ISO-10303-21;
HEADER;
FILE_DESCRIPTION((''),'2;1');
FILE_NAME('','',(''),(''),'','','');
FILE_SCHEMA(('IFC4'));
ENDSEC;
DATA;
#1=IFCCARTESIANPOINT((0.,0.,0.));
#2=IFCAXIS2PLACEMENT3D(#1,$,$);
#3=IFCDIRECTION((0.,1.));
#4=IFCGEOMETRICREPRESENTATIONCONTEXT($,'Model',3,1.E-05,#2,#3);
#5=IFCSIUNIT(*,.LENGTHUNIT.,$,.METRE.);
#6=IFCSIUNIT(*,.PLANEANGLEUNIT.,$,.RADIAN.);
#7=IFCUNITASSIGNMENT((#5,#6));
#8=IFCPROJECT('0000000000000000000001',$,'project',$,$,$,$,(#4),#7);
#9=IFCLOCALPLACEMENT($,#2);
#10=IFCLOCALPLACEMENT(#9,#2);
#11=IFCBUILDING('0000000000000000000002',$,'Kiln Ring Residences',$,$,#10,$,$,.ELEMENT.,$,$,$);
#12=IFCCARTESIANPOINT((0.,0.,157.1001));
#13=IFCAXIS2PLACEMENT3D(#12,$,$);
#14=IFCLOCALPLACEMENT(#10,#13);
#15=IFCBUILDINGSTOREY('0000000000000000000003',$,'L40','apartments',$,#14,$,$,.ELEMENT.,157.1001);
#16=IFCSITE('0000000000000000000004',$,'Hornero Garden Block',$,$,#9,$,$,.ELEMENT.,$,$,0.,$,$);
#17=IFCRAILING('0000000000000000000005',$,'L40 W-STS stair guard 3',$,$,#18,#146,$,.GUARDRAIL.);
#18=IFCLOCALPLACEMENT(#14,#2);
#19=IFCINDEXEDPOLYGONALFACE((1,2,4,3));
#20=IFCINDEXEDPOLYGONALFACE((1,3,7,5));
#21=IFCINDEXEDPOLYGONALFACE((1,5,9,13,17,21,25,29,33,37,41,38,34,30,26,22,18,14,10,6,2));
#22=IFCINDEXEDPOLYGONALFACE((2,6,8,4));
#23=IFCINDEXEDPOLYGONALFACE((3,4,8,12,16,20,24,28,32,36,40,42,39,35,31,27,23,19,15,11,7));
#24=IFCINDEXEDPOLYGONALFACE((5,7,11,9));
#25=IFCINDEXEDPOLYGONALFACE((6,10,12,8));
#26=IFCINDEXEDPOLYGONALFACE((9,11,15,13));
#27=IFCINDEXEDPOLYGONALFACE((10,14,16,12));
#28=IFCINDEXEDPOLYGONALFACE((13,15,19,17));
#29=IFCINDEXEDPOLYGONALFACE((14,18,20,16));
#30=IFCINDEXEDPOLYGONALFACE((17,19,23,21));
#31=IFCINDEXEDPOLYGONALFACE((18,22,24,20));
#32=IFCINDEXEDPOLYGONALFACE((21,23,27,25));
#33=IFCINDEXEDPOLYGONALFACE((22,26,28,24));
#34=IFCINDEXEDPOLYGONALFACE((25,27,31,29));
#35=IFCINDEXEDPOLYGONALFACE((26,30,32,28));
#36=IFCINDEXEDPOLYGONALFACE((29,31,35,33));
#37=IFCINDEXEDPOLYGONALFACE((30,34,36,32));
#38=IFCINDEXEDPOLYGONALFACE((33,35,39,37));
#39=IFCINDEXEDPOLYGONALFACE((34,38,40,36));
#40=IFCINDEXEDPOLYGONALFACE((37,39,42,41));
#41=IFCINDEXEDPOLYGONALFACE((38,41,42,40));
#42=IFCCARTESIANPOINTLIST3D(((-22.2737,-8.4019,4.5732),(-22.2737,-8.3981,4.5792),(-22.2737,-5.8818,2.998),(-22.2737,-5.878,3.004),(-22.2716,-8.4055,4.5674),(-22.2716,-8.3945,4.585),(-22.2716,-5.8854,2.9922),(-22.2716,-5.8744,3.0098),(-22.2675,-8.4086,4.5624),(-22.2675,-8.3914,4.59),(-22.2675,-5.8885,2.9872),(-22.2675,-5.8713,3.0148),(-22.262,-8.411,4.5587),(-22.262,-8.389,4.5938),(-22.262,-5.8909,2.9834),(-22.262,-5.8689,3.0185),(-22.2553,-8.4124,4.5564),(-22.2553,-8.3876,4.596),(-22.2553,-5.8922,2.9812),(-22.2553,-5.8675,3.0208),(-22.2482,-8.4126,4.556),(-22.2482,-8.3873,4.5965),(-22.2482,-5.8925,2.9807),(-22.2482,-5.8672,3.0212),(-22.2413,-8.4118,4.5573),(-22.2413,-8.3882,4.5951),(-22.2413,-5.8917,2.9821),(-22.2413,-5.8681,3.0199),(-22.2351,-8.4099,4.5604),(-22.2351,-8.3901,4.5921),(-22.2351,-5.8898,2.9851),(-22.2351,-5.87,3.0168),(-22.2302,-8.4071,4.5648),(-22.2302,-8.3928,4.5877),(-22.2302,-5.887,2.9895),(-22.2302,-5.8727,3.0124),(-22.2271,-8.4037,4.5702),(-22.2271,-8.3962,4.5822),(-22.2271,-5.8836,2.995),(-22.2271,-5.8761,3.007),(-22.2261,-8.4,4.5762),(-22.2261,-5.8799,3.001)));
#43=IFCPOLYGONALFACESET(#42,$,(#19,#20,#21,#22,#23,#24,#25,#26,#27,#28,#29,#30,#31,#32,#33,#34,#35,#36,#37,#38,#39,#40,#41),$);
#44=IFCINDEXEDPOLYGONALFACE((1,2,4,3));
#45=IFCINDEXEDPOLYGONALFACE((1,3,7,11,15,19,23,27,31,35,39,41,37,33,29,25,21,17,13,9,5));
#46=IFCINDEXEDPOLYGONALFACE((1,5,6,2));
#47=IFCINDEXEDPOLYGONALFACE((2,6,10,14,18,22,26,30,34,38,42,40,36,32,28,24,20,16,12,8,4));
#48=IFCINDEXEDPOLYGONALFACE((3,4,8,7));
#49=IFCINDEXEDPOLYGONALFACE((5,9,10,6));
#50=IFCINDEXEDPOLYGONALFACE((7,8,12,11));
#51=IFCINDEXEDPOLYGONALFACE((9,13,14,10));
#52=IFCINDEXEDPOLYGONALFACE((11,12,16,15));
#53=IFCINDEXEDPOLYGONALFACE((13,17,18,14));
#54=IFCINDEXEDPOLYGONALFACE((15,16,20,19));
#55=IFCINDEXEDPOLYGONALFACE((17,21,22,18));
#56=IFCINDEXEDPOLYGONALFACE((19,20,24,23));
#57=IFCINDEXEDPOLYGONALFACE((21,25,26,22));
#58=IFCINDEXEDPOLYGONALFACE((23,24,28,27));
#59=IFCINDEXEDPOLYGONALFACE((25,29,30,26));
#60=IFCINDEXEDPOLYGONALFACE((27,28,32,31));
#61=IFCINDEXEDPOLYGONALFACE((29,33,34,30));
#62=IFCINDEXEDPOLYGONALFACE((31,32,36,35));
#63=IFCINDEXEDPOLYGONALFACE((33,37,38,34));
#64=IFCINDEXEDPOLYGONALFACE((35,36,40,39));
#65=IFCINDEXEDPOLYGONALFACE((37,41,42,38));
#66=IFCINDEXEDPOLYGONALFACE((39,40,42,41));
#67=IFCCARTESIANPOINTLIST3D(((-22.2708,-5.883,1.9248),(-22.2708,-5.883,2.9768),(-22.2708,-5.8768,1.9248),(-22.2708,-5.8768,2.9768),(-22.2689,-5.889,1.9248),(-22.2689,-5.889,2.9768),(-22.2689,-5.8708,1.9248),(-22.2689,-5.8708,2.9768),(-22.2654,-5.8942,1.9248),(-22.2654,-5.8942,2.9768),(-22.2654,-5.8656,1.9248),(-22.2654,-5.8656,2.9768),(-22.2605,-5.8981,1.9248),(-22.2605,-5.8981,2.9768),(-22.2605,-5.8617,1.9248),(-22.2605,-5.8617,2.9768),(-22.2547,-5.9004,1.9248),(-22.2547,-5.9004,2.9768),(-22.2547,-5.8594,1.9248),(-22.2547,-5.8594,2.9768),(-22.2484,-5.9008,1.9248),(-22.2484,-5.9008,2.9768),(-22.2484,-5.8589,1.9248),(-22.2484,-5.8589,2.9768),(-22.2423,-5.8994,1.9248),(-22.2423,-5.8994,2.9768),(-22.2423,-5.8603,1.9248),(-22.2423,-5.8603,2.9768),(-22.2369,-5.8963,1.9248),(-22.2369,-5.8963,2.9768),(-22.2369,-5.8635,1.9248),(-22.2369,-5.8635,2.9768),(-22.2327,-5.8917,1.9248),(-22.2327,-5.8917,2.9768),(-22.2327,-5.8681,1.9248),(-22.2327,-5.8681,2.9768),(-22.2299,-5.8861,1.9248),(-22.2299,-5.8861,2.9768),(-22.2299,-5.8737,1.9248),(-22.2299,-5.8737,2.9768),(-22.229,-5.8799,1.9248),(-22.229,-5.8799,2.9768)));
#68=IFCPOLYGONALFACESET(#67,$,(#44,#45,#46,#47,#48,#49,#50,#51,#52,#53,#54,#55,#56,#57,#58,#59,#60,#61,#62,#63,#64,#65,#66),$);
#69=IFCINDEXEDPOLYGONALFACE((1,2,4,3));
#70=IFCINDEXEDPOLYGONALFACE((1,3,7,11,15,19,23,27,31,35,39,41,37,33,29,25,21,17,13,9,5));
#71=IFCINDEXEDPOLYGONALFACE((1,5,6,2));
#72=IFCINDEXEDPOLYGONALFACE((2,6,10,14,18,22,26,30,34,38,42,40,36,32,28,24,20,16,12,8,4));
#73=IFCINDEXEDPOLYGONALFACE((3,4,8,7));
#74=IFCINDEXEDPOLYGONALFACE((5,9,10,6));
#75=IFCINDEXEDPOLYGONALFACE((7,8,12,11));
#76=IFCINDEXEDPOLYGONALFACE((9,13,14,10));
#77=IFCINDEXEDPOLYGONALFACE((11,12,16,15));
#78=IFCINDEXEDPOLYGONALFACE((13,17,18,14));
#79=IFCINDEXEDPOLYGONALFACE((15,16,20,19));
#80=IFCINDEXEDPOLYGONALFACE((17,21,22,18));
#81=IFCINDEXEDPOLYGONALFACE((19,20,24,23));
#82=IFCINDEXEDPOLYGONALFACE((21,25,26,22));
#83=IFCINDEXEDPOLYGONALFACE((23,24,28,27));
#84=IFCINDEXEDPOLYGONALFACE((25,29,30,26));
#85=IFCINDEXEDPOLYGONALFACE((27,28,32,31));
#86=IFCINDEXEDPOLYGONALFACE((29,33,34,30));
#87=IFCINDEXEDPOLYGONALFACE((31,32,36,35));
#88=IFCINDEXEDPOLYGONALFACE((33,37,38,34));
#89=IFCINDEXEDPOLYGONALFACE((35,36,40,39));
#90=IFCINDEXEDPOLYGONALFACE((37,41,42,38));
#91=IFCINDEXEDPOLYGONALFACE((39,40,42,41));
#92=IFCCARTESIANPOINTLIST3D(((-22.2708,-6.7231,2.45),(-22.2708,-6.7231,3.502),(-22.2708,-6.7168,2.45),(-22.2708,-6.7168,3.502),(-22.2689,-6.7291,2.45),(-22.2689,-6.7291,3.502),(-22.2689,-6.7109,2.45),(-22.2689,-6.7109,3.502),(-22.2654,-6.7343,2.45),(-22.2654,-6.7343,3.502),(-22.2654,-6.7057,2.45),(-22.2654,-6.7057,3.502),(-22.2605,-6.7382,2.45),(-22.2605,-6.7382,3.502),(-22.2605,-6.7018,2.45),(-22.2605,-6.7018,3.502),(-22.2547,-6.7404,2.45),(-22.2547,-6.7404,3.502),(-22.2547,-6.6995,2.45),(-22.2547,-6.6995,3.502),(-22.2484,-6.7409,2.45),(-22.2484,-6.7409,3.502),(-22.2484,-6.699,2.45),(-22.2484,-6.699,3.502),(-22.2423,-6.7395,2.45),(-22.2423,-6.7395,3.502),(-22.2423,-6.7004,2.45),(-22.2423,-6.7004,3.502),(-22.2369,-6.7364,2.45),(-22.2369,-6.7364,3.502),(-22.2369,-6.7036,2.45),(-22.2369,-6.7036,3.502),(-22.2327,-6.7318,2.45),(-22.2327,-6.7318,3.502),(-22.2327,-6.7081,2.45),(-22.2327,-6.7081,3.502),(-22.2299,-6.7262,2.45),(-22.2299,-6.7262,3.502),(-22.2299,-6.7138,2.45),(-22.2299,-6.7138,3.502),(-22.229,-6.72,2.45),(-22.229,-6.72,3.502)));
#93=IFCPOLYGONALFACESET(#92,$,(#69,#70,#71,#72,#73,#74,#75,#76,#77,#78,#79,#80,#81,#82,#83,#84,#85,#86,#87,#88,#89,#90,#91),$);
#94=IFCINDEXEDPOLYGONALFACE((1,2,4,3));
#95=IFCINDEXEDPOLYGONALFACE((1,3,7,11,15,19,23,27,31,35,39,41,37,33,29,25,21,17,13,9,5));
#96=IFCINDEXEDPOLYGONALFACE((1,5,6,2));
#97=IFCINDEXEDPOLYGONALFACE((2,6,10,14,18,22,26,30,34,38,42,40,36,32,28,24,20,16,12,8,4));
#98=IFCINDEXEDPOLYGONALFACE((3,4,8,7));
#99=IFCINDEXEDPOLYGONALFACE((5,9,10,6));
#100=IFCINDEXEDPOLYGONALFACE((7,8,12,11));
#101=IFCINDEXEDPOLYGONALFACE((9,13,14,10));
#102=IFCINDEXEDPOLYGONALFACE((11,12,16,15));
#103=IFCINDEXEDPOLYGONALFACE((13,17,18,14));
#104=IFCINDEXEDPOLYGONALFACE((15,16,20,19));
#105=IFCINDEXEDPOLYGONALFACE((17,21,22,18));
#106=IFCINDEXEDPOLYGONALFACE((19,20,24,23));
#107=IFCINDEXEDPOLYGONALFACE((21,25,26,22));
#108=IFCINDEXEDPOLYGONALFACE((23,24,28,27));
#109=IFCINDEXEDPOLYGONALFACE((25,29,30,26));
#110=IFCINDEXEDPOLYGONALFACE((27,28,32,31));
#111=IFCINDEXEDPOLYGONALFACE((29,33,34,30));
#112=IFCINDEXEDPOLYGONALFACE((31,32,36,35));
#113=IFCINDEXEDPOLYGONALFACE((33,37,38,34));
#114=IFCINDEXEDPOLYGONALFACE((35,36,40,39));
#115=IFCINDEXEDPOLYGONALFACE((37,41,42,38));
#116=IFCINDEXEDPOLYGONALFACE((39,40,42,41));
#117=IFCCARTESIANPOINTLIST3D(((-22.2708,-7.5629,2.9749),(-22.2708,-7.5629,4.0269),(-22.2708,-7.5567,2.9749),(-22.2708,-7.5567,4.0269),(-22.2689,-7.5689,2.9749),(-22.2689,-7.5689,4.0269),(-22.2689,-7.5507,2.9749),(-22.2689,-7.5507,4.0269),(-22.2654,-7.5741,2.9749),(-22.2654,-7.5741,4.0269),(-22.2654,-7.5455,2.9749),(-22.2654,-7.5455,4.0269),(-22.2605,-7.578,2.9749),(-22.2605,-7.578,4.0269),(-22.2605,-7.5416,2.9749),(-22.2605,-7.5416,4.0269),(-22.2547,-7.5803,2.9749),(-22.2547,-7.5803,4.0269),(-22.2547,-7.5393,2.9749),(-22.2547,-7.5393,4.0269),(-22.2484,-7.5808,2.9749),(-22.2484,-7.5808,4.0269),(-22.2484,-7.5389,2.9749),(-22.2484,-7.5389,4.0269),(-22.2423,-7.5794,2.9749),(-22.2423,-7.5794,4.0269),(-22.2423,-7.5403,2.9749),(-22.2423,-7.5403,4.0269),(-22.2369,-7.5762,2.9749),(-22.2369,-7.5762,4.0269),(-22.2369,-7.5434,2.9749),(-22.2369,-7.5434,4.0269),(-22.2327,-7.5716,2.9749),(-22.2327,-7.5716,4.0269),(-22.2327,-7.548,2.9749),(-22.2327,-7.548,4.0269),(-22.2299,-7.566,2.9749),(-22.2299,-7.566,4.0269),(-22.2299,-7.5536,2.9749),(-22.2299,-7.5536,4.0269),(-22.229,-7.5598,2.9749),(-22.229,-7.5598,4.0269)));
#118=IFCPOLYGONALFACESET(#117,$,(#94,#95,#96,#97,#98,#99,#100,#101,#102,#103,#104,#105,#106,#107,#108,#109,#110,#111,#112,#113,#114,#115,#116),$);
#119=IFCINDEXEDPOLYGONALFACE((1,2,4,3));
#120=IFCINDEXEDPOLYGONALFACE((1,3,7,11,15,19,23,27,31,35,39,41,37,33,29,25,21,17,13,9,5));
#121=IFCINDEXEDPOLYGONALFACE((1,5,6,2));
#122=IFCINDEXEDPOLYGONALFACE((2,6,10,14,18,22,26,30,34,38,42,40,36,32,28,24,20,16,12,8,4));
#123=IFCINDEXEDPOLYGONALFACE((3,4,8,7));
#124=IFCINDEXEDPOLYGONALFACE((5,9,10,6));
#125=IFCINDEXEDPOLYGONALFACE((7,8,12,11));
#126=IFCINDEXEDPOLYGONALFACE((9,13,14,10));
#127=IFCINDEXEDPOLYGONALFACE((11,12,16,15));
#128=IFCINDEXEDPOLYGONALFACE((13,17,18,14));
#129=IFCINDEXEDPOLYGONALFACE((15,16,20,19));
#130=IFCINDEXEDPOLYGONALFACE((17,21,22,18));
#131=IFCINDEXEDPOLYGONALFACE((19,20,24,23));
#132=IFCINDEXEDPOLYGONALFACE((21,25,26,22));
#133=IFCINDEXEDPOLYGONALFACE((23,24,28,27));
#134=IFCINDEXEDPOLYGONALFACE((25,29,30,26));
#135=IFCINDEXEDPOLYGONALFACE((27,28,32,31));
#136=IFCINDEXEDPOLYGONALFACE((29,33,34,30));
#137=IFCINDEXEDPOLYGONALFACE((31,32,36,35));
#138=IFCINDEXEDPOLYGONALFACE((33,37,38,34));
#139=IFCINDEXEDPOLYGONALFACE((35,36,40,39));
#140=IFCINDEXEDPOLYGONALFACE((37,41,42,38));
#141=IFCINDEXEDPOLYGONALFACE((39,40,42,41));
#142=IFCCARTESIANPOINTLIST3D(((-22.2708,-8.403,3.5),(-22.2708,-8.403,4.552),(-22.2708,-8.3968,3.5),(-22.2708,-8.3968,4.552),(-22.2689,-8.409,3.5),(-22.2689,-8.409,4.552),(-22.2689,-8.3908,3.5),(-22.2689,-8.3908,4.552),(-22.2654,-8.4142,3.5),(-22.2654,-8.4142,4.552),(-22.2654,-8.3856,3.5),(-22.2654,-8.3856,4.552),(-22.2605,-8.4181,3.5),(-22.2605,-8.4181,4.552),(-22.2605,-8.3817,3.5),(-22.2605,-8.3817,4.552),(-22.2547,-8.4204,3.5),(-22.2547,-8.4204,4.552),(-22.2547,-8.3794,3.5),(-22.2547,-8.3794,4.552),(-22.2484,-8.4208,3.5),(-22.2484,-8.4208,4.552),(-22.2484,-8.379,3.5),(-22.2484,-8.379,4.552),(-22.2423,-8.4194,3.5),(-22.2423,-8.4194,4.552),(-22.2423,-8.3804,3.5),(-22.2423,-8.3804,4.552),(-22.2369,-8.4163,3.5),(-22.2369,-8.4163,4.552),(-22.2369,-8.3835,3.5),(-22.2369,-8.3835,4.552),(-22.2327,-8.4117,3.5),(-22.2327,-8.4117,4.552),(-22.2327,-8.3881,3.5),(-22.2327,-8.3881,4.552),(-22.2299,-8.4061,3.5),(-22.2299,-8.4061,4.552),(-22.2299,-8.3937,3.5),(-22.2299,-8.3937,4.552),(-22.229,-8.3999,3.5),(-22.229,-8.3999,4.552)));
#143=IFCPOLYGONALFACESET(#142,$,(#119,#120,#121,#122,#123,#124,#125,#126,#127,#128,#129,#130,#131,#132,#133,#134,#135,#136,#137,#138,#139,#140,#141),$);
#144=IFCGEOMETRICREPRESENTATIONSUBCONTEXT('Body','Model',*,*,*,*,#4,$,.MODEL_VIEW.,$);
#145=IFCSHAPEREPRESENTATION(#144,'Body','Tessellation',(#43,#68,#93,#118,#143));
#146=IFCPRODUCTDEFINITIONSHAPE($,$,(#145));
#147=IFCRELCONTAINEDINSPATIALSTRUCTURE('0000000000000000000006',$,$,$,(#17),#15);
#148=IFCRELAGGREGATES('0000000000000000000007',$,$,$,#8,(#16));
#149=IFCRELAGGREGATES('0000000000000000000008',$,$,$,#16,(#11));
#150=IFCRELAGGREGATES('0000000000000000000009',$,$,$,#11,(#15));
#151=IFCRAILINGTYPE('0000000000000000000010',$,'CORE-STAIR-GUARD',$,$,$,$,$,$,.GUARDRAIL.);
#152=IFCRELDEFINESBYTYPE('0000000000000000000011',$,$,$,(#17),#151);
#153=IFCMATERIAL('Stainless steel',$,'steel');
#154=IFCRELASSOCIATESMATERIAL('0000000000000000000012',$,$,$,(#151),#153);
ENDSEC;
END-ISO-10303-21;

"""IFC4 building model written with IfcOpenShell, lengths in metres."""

from ifc_helpers import new_model, si_unit, direction, frame, origin, origin_2d, place, context, subcontext, project, spatial, circle, extrude, material, type_object, element, save


model = new_model("IFC4")

# Units and contexts
model_context = context("Model", 3, precision=1e-05, world=origin(), true_north=direction((0.0, 1.0)))
body_context = subcontext(model_context, "Body", "Model", "MODEL_VIEW")
ifc_project = project(units=[si_unit("LENGTHUNIT", "METRE"), si_unit("PLANEANGLEUNIT", "RADIAN")], contexts=[model_context])

# Site, building, storey
site_placement = place(None, origin())
site = spatial("IfcSite", under=ifc_project, at=site_placement, Name="Hornero Garden Block", CompositionType="ELEMENT", RefElevation=0.0)
building_placement = place(site_placement, origin())
building = spatial("IfcBuilding", under=site, at=building_placement, Name="Kiln Ring Residences", CompositionType="ELEMENT")
storey_placement = place(building_placement, frame((0.0, 0.0, 157.1001)))
storey = spatial("IfcBuildingStorey", under=building, at=storey_placement, Name="L40", Description="apartments", CompositionType="ELEMENT", Elevation=157.1001)

# Railing
ifc_material_1 = material(Name="Stainless steel", Category="steel")
railing_type_1 = type_object("IfcRailingType", Name="CORE-STAIR-GUARD", PredefinedType="GUARDRAIL", material=ifc_material_1)
railing_1_placement = place(storey_placement, frame((-22.25, -5.8799, 1.9248)))
element("IfcRailing", 1, at=railing_1_placement, inside=storey, type_object=railing_type_1, Name="L40 W-STS stair guard 3", PredefinedType="GUARDRAIL", context=body_context, shape_type="SweptSolid", body=[
    extrude(circle(Radius=0.0239, at=origin_2d()), frame((0.0, 0.0, 1.0762), z_axis=(0.0, -0.847971, 0.530043), x_axis=(1.0, 0.0, 0.0)), (0.0, 0.0, 1.0), 2.9719),
    extrude(circle(Radius=0.021, at=origin_2d()), origin(), (0.0, 0.0, 1.0), 1.052),
    extrude(circle(Radius=0.021, at=origin_2d()), frame((0.0, -0.8401, 0.5251)), (0.0, 0.0, 1.0), 1.052),
    extrude(circle(Radius=0.021, at=origin_2d()), frame((0.0, -1.6799, 1.05)), (0.0, 0.0, 1.0), 1.052),
    extrude(circle(Radius=0.021, at=origin_2d()), frame((0.0, -2.52, 1.5752)), (0.0, 0.0, 1.0), 1.052),
])

save(model, "model.ifc")
